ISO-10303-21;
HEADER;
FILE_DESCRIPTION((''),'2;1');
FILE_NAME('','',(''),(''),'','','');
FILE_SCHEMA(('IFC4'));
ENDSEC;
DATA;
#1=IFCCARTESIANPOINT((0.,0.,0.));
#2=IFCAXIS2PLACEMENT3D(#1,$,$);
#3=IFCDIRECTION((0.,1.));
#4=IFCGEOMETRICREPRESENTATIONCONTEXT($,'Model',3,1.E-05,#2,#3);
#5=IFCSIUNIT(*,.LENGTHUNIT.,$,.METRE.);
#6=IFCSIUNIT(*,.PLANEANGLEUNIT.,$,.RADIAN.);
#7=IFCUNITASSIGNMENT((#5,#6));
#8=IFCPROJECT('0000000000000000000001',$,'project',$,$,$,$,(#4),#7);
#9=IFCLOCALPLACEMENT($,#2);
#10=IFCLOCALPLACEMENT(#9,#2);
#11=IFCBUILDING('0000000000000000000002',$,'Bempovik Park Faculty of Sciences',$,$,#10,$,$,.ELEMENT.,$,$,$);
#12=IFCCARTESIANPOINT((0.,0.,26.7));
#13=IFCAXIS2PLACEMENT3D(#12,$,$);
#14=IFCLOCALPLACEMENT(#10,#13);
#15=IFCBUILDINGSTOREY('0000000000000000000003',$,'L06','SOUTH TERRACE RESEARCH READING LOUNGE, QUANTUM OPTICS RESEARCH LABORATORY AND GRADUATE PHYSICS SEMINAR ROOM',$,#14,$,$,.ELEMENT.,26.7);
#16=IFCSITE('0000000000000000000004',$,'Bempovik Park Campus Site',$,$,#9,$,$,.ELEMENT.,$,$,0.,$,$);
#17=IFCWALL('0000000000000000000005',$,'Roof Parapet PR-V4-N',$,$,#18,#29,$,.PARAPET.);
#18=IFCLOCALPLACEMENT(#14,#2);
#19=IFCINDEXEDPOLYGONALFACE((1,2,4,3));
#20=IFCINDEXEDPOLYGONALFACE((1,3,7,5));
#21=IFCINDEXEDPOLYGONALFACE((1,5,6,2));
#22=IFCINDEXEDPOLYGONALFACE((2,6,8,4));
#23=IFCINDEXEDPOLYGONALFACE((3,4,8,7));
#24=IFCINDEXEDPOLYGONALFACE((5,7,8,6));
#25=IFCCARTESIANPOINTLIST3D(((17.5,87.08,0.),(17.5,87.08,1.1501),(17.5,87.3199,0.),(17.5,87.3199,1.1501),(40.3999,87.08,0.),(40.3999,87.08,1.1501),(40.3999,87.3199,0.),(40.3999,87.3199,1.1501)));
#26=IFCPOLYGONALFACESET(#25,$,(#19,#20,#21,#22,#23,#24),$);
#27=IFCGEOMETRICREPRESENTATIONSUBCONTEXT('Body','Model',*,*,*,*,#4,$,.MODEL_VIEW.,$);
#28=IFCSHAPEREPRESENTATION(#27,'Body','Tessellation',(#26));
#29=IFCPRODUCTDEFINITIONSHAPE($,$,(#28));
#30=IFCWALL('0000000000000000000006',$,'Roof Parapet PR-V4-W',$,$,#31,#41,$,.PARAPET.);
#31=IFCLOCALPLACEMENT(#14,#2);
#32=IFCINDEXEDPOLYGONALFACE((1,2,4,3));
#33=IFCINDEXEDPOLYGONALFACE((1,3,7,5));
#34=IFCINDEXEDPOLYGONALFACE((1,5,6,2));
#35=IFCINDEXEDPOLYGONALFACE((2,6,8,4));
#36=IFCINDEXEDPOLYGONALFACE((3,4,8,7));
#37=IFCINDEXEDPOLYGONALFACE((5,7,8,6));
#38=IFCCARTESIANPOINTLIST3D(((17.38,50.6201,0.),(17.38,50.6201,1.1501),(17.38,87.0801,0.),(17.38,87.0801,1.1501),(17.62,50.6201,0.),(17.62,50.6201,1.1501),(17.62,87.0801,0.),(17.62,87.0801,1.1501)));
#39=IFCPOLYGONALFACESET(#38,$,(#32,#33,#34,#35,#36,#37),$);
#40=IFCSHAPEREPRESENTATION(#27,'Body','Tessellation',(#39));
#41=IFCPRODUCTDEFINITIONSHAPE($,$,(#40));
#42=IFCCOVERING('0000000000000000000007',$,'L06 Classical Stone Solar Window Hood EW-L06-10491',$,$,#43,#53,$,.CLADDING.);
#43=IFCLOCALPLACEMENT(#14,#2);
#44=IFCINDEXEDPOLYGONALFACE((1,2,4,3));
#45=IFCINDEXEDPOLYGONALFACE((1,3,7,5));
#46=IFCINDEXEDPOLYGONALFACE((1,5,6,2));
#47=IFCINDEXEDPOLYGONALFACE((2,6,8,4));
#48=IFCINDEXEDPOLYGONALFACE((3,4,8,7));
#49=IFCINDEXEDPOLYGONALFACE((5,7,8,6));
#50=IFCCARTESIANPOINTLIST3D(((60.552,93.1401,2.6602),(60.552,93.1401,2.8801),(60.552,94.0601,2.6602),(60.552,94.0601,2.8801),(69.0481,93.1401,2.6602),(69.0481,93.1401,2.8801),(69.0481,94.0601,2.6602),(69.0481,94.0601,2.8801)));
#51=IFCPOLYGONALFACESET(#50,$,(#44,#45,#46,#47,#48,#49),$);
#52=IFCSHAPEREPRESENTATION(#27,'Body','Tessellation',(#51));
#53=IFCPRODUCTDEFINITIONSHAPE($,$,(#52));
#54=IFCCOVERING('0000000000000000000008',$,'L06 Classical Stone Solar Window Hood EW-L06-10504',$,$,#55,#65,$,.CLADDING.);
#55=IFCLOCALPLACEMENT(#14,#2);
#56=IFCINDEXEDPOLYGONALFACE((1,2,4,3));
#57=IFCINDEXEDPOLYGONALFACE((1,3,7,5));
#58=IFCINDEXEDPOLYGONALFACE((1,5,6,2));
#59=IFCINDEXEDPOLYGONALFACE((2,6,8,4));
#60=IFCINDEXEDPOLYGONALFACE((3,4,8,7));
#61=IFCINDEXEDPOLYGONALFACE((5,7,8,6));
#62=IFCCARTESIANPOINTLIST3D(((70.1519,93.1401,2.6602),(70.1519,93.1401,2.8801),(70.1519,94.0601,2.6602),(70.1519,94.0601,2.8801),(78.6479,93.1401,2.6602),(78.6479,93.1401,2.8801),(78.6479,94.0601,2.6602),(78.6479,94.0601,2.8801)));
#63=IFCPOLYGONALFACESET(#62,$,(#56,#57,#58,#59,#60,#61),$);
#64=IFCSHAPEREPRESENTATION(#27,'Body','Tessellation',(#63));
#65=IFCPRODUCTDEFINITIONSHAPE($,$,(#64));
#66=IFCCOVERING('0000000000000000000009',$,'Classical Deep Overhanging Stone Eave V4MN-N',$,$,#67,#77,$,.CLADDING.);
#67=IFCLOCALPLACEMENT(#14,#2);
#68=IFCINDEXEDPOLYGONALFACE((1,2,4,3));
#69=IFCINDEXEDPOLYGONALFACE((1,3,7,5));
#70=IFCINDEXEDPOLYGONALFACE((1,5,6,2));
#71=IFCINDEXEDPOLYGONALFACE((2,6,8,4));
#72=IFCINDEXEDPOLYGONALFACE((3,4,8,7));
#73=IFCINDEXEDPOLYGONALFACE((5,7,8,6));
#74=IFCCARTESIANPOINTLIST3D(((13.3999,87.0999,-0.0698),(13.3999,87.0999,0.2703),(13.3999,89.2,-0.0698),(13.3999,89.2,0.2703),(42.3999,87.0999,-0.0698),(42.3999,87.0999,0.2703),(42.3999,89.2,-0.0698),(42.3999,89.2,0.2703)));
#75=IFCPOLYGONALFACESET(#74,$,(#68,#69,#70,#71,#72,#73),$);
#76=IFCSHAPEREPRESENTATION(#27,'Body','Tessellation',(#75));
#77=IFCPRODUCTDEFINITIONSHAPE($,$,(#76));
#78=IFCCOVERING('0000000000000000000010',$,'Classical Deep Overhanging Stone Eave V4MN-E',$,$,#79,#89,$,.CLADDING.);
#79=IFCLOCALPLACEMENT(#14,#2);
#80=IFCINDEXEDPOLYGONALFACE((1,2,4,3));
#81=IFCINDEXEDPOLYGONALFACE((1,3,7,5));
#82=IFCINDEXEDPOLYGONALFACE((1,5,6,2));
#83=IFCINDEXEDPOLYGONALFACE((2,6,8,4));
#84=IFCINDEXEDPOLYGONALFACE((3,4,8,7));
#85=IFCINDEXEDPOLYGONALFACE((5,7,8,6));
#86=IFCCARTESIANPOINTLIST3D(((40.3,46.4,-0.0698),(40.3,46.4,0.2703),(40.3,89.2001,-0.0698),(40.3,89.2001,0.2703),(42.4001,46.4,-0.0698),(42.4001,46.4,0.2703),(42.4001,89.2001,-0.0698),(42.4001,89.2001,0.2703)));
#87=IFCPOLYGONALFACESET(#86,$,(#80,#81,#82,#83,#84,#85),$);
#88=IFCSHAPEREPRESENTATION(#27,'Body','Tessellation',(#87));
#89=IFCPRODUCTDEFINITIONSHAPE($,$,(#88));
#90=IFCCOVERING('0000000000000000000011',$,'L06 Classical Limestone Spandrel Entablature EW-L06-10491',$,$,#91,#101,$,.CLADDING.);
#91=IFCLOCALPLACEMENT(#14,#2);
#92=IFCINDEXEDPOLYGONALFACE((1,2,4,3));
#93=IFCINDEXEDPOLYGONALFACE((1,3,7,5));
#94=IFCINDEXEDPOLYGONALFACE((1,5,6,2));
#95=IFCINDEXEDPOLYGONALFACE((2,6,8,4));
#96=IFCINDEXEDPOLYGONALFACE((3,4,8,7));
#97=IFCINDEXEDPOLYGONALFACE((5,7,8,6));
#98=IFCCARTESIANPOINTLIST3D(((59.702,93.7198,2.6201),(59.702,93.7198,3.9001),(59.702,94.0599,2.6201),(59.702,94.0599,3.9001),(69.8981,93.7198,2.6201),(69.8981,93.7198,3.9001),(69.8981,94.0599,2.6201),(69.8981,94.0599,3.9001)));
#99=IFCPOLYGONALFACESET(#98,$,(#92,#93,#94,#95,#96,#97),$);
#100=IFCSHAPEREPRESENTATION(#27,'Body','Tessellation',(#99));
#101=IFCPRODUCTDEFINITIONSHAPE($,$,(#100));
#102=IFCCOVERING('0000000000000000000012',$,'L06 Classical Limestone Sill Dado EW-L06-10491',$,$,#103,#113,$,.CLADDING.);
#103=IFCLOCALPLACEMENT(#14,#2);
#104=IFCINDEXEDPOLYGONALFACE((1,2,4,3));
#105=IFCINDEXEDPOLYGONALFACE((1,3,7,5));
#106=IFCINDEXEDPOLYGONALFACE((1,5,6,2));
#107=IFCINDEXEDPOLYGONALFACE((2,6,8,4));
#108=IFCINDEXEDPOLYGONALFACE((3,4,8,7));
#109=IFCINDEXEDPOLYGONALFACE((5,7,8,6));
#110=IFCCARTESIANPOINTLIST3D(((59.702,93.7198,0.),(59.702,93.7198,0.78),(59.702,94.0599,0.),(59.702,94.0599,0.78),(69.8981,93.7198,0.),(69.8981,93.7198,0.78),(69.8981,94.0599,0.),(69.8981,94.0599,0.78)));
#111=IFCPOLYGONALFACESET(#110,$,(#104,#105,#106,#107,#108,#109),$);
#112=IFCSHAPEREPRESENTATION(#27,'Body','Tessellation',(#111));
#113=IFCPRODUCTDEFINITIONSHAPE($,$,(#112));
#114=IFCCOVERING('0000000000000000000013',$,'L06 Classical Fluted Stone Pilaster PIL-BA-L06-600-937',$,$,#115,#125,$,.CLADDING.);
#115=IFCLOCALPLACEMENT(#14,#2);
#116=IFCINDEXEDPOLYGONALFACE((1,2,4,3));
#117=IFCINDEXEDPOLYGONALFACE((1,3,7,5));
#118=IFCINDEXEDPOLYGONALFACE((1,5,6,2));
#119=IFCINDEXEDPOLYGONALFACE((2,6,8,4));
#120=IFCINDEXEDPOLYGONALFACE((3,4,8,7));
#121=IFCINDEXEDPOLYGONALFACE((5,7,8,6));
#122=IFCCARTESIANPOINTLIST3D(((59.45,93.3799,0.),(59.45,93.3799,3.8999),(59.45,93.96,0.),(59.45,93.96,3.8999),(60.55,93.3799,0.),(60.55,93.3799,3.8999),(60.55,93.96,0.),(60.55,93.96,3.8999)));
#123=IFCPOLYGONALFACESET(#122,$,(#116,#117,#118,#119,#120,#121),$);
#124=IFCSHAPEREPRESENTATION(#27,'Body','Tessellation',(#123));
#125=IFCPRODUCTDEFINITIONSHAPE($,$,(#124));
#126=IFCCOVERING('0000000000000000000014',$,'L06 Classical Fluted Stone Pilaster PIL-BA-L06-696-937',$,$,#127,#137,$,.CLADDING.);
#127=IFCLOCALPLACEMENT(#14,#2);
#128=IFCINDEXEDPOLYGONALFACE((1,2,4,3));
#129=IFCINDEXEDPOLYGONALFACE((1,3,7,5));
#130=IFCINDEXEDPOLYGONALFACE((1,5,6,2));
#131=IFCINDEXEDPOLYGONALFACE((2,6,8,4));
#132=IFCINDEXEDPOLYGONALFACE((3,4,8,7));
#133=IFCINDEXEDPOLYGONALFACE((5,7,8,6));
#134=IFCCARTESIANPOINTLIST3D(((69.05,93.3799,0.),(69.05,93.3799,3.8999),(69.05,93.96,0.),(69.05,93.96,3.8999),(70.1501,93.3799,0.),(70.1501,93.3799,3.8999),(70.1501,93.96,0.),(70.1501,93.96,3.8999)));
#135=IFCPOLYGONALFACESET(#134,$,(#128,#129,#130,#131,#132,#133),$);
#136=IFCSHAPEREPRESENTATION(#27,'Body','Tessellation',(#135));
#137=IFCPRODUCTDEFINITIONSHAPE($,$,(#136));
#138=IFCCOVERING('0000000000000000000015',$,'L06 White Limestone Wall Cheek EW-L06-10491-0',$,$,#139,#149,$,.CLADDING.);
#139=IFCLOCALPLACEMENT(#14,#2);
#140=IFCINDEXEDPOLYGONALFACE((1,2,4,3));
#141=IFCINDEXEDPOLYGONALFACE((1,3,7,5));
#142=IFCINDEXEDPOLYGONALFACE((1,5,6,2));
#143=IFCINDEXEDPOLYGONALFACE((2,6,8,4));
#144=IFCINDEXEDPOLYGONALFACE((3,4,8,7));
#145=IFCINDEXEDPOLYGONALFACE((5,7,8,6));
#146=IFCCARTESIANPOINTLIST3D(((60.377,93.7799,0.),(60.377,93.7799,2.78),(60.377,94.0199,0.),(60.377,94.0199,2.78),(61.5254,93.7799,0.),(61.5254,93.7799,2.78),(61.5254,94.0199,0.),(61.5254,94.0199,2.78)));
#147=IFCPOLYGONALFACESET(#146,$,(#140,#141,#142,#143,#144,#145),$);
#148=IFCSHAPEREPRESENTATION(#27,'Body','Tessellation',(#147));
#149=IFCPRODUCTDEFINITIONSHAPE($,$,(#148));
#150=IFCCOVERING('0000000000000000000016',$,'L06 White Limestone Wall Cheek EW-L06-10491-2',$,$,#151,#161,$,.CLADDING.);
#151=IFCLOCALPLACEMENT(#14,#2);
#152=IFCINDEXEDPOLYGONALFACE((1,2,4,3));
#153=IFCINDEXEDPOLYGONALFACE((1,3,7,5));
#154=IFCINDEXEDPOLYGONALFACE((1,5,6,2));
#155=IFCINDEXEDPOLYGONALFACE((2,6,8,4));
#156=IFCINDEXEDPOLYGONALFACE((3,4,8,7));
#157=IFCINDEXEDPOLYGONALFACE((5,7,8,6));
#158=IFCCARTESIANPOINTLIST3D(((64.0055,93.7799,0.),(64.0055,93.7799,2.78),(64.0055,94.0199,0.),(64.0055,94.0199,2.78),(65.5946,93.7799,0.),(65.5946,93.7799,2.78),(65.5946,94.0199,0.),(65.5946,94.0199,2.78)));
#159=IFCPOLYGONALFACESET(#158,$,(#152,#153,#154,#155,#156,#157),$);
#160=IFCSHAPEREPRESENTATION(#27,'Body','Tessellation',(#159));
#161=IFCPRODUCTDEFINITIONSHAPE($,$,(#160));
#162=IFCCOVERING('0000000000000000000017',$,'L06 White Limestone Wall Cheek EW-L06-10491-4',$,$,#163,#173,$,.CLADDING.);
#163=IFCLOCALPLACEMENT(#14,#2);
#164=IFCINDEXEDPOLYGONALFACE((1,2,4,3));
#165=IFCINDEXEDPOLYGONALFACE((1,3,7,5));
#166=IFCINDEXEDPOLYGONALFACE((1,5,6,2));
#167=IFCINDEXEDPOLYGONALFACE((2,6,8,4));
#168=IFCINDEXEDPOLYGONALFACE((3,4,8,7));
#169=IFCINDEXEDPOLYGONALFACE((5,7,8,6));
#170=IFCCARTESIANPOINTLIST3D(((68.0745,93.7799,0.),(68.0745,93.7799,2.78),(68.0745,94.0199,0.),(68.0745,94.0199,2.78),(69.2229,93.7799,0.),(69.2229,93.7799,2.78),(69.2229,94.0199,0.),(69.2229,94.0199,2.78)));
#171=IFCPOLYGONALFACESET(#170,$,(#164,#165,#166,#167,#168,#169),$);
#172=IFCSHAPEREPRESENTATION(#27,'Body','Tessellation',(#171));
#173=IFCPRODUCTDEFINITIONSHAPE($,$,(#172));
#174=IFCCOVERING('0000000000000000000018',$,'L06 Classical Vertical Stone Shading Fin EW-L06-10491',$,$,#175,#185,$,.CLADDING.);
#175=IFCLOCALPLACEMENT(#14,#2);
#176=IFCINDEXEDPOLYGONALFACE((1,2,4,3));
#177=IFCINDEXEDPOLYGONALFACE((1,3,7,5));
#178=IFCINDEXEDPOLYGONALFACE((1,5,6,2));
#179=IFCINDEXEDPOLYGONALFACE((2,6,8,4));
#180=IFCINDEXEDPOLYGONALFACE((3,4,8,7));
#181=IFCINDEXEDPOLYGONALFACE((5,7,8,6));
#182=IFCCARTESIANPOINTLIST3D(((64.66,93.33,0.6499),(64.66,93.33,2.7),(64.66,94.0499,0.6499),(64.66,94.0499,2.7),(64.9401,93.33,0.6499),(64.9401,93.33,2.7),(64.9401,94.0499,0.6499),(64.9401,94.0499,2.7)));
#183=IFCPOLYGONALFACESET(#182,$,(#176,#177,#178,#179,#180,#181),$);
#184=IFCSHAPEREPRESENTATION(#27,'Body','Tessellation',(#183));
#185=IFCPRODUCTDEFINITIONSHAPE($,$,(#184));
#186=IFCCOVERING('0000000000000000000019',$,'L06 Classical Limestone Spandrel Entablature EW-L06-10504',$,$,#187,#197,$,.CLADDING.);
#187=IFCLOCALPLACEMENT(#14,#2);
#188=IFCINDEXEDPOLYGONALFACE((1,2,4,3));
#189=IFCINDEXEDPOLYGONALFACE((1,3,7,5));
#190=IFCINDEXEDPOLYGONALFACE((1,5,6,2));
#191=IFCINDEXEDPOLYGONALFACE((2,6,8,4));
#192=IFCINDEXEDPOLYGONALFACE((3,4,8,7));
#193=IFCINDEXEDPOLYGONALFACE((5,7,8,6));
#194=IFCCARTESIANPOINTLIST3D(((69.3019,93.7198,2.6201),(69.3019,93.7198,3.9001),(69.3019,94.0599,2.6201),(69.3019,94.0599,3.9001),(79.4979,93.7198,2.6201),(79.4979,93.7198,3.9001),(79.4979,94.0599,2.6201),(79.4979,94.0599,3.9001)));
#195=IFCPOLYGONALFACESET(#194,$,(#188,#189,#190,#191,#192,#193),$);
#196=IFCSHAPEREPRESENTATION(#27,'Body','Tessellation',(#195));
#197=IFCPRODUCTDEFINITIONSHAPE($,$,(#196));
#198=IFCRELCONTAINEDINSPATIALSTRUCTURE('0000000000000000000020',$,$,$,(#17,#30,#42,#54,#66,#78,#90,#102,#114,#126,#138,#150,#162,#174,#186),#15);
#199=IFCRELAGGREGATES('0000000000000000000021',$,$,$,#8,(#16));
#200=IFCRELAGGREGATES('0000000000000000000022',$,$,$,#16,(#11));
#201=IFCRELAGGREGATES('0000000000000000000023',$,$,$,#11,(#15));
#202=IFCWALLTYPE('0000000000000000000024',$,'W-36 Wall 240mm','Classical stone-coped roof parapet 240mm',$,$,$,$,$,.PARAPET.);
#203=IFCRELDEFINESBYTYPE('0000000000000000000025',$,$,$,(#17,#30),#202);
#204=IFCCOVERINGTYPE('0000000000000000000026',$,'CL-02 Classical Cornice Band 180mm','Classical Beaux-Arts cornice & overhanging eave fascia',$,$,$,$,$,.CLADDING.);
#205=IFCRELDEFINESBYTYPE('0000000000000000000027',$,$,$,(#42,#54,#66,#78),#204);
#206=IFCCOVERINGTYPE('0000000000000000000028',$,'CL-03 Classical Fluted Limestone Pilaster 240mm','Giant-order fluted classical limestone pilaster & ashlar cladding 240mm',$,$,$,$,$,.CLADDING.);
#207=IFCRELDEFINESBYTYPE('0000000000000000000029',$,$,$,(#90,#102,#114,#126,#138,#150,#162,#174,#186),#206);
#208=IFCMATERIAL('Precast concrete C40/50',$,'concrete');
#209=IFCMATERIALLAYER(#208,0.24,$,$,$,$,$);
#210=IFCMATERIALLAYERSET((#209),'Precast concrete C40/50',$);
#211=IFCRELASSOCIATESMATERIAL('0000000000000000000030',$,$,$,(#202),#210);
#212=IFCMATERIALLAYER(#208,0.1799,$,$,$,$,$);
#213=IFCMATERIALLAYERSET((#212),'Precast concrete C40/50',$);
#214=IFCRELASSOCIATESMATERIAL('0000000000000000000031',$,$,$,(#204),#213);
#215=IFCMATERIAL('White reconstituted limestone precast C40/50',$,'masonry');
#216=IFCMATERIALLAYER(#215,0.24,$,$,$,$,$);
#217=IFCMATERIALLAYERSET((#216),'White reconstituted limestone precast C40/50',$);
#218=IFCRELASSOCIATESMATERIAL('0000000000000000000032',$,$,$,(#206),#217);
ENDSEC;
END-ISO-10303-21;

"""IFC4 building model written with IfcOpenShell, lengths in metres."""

from ifc_helpers import new_model, si_unit, direction, frame, frame_2d, origin, origin_2d, place, context, subcontext, project, spatial, rectangle, extrude, material, layer, layer_set, type_object, element, save


model = new_model("IFC4")

# Units and contexts
model_context = context("Model", 3, precision=1e-05, world=origin(), true_north=direction((0.0, 1.0)))
body_context = subcontext(model_context, "Body", "Model", "MODEL_VIEW")
ifc_project = project(units=[si_unit("LENGTHUNIT", "METRE"), si_unit("PLANEANGLEUNIT", "RADIAN")], contexts=[model_context])

# Site, building, storey
site_placement = place(None, origin())
site = spatial("IfcSite", under=ifc_project, at=site_placement, Name="Bempovik Park Campus Site", CompositionType="ELEMENT", RefElevation=0.0)
building_placement = place(site_placement, origin())
building = spatial("IfcBuilding", under=site, at=building_placement, Name="Bempovik Park Faculty of Sciences", CompositionType="ELEMENT")
storey_placement = place(building_placement, frame((0.0, 0.0, 26.7)))
storey = spatial("IfcBuildingStorey", under=building, at=storey_placement, Name="L06", Description="SOUTH TERRACE RESEARCH READING LOUNGE, QUANTUM OPTICS RESEARCH LABORATORY AND GRADUATE PHYSICS SEMINAR ROOM", CompositionType="ELEMENT", Elevation=26.7)

# Walls
ifc_material_1 = material(Name="Precast concrete C40/50", Category="concrete")
ifc_layer_1 = layer(ifc_material_1, 0.24)
ifc_layer_set_1 = layer_set([ifc_layer_1], Name="Precast concrete C40/50")
wall_type = type_object("IfcWallType", Name="W-36 Wall 240mm", Description="Classical stone-coped roof parapet 240mm", PredefinedType="PARAPET", material=ifc_layer_set_1)
wall_1_placement = place(storey_placement, frame((40.3999, 87.2, 0.0), z_axis=(0.0, 0.0, 1.0), x_axis=(-1.0, 0.0, 0.0)))
element("IfcWall", 1, at=wall_1_placement, inside=storey, type_object=wall_type, Name="Roof Parapet PR-V4-N", PredefinedType="PARAPET", context=body_context, shape_type="SweptSolid", body=[
    extrude(rectangle(XDim=22.8999, YDim=0.24, at=frame_2d((11.45, 0.0))), origin(), (0.0, 0.0, 1.0), 1.1501),
])
wall_2_placement = place(storey_placement, frame((17.5, 87.0801, 0.0), z_axis=(0.0, 0.0, 1.0), x_axis=(0.0, -1.0, 0.0)))
element("IfcWall", 2, at=wall_2_placement, inside=storey, type_object=wall_type, Name="Roof Parapet PR-V4-W", PredefinedType="PARAPET", context=body_context, shape_type="SweptSolid", body=[
    extrude(rectangle(XDim=36.46, YDim=0.24, at=frame_2d((18.23, 0.0))), origin(), (0.0, 0.0, 1.0), 1.1501),
])

# Coverings
ifc_layer_2 = layer(ifc_material_1, 0.1799)
ifc_layer_set_2 = layer_set([ifc_layer_2], Name="Precast concrete C40/50")
covering_type_1 = type_object("IfcCoveringType", Name="CL-02 Classical Cornice Band 180mm", Description="Classical Beaux-Arts cornice & overhanging eave fascia", PredefinedType="CLADDING", material=ifc_layer_set_2)
for number, where, z_axis, x_axis, name in (
    (3, (64.8, 93.6001, 2.6602), (0.0, 0.0, 1.0), (1.0, 0.0, 0.0), "L06 Classical Stone Solar Window Hood EW-L06-10491"),
    (4, (74.3999, 93.6001, 2.6602), (0.0, 0.0, 1.0), (1.0, 0.0, 0.0), "L06 Classical Stone Solar Window Hood EW-L06-10504"),
):
    element("IfcCovering", number, at=place(storey_placement, frame(where, z_axis=z_axis, x_axis=x_axis)), inside=storey, type_object=covering_type_1, Name=name, PredefinedType="CLADDING", context=body_context, shape_type="SweptSolid", body=[
        extrude(rectangle(XDim=8.4961, YDim=0.9199, at=origin_2d()), origin(), (0.0, 0.0, 1.0), 0.22),
    ])
covering_1_placement = place(storey_placement, frame((27.8999, 88.1499, -0.0698), z_axis=(0.0, 0.0, 1.0), x_axis=(1.0, 0.0, 0.0)))
element("IfcCovering", 5, at=covering_1_placement, inside=storey, type_object=covering_type_1, Name="Classical Deep Overhanging Stone Eave V4MN-N", PredefinedType="CLADDING", context=body_context, shape_type="SweptSolid", body=[
    extrude(rectangle(XDim=29.0, YDim=2.1001, at=origin_2d()), origin(), (0.0, 0.0, 1.0), 0.3401),
])
covering_2_placement = place(storey_placement, frame((41.3501, 67.8, -0.0698), z_axis=(0.0, 0.0, 1.0), x_axis=(1.0, 0.0, 0.0)))
element("IfcCovering", 6, at=covering_2_placement, inside=storey, type_object=covering_type_1, Name="Classical Deep Overhanging Stone Eave V4MN-E", PredefinedType="CLADDING", context=body_context, shape_type="SweptSolid", body=[
    extrude(rectangle(XDim=2.1001, YDim=42.8, at=origin_2d()), origin(), (0.0, 0.0, 1.0), 0.3401),
])
ifc_material_2 = material(Name="White reconstituted limestone precast C40/50", Category="masonry")
ifc_layer_3 = layer(ifc_material_2, 0.24)
ifc_layer_set_3 = layer_set([ifc_layer_3], Name="White reconstituted limestone precast C40/50")
covering_type_2 = type_object("IfcCoveringType", Name="CL-03 Classical Fluted Limestone Pilaster 240mm", Description="Giant-order fluted classical limestone pilaster & ashlar cladding 240mm", PredefinedType="CLADDING", material=ifc_layer_set_3)
covering_3_placement = place(storey_placement, frame((64.8, 93.8899, 2.6201), z_axis=(0.0, 0.0, 1.0), x_axis=(1.0, 0.0, 0.0)))
element("IfcCovering", 7, at=covering_3_placement, inside=storey, type_object=covering_type_2, Name="L06 Classical Limestone Spandrel Entablature EW-L06-10491", PredefinedType="CLADDING", context=body_context, shape_type="SweptSolid", body=[
    extrude(rectangle(XDim=10.196, YDim=0.3401, at=origin_2d()), origin(), (0.0, 0.0, 1.0), 1.28),
])
covering_4_placement = place(storey_placement, frame((64.8, 93.8899, 0.0), z_axis=(0.0, 0.0, 1.0), x_axis=(1.0, 0.0, 0.0)))
element("IfcCovering", 8, at=covering_4_placement, inside=storey, type_object=covering_type_2, Name="L06 Classical Limestone Sill Dado EW-L06-10491", PredefinedType="CLADDING", context=body_context, shape_type="SweptSolid", body=[
    extrude(rectangle(XDim=10.196, YDim=0.3401, at=origin_2d()), origin(), (0.0, 0.0, 1.0), 0.78),
])
for number, where, z_axis, x_axis, name in (
    (9, (60.0, 93.6699, 0.0), (0.0, 0.0, 1.0), (1.0, 0.0, 0.0), "L06 Classical Fluted Stone Pilaster PIL-BA-L06-600-937"),
    (10, (69.6001, 93.6699, 0.0), (0.0, 0.0, 1.0), (1.0, 0.0, 0.0), "L06 Classical Fluted Stone Pilaster PIL-BA-L06-696-937"),
):
    element("IfcCovering", number, at=place(storey_placement, frame(where, z_axis=z_axis, x_axis=x_axis)), inside=storey, type_object=covering_type_2, Name=name, PredefinedType="CLADDING", context=body_context, shape_type="SweptSolid", body=[
        extrude(rectangle(XDim=1.1001, YDim=0.5801, at=origin_2d()), origin(), (0.0, 0.0, 1.0), 3.8999),
    ])
covering_5_placement = place(storey_placement, frame((60.9512, 93.8999, 0.0), z_axis=(0.0, 0.0, 1.0), x_axis=(1.0, 0.0, 0.0)))
element("IfcCovering", 11, at=covering_5_placement, inside=storey, type_object=covering_type_2, Name="L06 White Limestone Wall Cheek EW-L06-10491-0", PredefinedType="CLADDING", context=body_context, shape_type="SweptSolid", body=[
    extrude(rectangle(XDim=1.1484, YDim=0.24, at=origin_2d()), origin(), (0.0, 0.0, 1.0), 2.78),
])
covering_6_placement = place(storey_placement, frame((64.8, 93.8999, 0.0), z_axis=(0.0, 0.0, 1.0), x_axis=(1.0, 0.0, 0.0)))
element("IfcCovering", 12, at=covering_6_placement, inside=storey, type_object=covering_type_2, Name="L06 White Limestone Wall Cheek EW-L06-10491-2", PredefinedType="CLADDING", context=body_context, shape_type="SweptSolid", body=[
    extrude(rectangle(XDim=1.5891, YDim=0.24, at=origin_2d()), origin(), (0.0, 0.0, 1.0), 2.78),
])
covering_7_placement = place(storey_placement, frame((68.6487, 93.8999, 0.0), z_axis=(0.0, 0.0, 1.0), x_axis=(1.0, 0.0, 0.0)))
element("IfcCovering", 13, at=covering_7_placement, inside=storey, type_object=covering_type_2, Name="L06 White Limestone Wall Cheek EW-L06-10491-4", PredefinedType="CLADDING", context=body_context, shape_type="SweptSolid", body=[
    extrude(rectangle(XDim=1.1484, YDim=0.24, at=origin_2d()), origin(), (0.0, 0.0, 1.0), 2.78),
])
covering_8_placement = place(storey_placement, frame((64.8, 93.6899, 0.6499), z_axis=(0.0, 0.0, 1.0), x_axis=(1.0, 0.0, 0.0)))
element("IfcCovering", 14, at=covering_8_placement, inside=storey, type_object=covering_type_2, Name="L06 Classical Vertical Stone Shading Fin EW-L06-10491", PredefinedType="CLADDING", context=body_context, shape_type="SweptSolid", body=[
    extrude(rectangle(XDim=0.28, YDim=0.72, at=origin_2d()), origin(), (0.0, 0.0, 1.0), 2.05),
])
covering_9_placement = place(storey_placement, frame((74.3999, 93.8899, 2.6201), z_axis=(0.0, 0.0, 1.0), x_axis=(1.0, 0.0, 0.0)))
element("IfcCovering", 15, at=covering_9_placement, inside=storey, type_object=covering_type_2, Name="L06 Classical Limestone Spandrel Entablature EW-L06-10504", PredefinedType="CLADDING", context=body_context, shape_type="SweptSolid", body=[
    extrude(rectangle(XDim=10.196, YDim=0.3401, at=origin_2d()), origin(), (0.0, 0.0, 1.0), 1.28),
])

save(model, "model.ifc")
